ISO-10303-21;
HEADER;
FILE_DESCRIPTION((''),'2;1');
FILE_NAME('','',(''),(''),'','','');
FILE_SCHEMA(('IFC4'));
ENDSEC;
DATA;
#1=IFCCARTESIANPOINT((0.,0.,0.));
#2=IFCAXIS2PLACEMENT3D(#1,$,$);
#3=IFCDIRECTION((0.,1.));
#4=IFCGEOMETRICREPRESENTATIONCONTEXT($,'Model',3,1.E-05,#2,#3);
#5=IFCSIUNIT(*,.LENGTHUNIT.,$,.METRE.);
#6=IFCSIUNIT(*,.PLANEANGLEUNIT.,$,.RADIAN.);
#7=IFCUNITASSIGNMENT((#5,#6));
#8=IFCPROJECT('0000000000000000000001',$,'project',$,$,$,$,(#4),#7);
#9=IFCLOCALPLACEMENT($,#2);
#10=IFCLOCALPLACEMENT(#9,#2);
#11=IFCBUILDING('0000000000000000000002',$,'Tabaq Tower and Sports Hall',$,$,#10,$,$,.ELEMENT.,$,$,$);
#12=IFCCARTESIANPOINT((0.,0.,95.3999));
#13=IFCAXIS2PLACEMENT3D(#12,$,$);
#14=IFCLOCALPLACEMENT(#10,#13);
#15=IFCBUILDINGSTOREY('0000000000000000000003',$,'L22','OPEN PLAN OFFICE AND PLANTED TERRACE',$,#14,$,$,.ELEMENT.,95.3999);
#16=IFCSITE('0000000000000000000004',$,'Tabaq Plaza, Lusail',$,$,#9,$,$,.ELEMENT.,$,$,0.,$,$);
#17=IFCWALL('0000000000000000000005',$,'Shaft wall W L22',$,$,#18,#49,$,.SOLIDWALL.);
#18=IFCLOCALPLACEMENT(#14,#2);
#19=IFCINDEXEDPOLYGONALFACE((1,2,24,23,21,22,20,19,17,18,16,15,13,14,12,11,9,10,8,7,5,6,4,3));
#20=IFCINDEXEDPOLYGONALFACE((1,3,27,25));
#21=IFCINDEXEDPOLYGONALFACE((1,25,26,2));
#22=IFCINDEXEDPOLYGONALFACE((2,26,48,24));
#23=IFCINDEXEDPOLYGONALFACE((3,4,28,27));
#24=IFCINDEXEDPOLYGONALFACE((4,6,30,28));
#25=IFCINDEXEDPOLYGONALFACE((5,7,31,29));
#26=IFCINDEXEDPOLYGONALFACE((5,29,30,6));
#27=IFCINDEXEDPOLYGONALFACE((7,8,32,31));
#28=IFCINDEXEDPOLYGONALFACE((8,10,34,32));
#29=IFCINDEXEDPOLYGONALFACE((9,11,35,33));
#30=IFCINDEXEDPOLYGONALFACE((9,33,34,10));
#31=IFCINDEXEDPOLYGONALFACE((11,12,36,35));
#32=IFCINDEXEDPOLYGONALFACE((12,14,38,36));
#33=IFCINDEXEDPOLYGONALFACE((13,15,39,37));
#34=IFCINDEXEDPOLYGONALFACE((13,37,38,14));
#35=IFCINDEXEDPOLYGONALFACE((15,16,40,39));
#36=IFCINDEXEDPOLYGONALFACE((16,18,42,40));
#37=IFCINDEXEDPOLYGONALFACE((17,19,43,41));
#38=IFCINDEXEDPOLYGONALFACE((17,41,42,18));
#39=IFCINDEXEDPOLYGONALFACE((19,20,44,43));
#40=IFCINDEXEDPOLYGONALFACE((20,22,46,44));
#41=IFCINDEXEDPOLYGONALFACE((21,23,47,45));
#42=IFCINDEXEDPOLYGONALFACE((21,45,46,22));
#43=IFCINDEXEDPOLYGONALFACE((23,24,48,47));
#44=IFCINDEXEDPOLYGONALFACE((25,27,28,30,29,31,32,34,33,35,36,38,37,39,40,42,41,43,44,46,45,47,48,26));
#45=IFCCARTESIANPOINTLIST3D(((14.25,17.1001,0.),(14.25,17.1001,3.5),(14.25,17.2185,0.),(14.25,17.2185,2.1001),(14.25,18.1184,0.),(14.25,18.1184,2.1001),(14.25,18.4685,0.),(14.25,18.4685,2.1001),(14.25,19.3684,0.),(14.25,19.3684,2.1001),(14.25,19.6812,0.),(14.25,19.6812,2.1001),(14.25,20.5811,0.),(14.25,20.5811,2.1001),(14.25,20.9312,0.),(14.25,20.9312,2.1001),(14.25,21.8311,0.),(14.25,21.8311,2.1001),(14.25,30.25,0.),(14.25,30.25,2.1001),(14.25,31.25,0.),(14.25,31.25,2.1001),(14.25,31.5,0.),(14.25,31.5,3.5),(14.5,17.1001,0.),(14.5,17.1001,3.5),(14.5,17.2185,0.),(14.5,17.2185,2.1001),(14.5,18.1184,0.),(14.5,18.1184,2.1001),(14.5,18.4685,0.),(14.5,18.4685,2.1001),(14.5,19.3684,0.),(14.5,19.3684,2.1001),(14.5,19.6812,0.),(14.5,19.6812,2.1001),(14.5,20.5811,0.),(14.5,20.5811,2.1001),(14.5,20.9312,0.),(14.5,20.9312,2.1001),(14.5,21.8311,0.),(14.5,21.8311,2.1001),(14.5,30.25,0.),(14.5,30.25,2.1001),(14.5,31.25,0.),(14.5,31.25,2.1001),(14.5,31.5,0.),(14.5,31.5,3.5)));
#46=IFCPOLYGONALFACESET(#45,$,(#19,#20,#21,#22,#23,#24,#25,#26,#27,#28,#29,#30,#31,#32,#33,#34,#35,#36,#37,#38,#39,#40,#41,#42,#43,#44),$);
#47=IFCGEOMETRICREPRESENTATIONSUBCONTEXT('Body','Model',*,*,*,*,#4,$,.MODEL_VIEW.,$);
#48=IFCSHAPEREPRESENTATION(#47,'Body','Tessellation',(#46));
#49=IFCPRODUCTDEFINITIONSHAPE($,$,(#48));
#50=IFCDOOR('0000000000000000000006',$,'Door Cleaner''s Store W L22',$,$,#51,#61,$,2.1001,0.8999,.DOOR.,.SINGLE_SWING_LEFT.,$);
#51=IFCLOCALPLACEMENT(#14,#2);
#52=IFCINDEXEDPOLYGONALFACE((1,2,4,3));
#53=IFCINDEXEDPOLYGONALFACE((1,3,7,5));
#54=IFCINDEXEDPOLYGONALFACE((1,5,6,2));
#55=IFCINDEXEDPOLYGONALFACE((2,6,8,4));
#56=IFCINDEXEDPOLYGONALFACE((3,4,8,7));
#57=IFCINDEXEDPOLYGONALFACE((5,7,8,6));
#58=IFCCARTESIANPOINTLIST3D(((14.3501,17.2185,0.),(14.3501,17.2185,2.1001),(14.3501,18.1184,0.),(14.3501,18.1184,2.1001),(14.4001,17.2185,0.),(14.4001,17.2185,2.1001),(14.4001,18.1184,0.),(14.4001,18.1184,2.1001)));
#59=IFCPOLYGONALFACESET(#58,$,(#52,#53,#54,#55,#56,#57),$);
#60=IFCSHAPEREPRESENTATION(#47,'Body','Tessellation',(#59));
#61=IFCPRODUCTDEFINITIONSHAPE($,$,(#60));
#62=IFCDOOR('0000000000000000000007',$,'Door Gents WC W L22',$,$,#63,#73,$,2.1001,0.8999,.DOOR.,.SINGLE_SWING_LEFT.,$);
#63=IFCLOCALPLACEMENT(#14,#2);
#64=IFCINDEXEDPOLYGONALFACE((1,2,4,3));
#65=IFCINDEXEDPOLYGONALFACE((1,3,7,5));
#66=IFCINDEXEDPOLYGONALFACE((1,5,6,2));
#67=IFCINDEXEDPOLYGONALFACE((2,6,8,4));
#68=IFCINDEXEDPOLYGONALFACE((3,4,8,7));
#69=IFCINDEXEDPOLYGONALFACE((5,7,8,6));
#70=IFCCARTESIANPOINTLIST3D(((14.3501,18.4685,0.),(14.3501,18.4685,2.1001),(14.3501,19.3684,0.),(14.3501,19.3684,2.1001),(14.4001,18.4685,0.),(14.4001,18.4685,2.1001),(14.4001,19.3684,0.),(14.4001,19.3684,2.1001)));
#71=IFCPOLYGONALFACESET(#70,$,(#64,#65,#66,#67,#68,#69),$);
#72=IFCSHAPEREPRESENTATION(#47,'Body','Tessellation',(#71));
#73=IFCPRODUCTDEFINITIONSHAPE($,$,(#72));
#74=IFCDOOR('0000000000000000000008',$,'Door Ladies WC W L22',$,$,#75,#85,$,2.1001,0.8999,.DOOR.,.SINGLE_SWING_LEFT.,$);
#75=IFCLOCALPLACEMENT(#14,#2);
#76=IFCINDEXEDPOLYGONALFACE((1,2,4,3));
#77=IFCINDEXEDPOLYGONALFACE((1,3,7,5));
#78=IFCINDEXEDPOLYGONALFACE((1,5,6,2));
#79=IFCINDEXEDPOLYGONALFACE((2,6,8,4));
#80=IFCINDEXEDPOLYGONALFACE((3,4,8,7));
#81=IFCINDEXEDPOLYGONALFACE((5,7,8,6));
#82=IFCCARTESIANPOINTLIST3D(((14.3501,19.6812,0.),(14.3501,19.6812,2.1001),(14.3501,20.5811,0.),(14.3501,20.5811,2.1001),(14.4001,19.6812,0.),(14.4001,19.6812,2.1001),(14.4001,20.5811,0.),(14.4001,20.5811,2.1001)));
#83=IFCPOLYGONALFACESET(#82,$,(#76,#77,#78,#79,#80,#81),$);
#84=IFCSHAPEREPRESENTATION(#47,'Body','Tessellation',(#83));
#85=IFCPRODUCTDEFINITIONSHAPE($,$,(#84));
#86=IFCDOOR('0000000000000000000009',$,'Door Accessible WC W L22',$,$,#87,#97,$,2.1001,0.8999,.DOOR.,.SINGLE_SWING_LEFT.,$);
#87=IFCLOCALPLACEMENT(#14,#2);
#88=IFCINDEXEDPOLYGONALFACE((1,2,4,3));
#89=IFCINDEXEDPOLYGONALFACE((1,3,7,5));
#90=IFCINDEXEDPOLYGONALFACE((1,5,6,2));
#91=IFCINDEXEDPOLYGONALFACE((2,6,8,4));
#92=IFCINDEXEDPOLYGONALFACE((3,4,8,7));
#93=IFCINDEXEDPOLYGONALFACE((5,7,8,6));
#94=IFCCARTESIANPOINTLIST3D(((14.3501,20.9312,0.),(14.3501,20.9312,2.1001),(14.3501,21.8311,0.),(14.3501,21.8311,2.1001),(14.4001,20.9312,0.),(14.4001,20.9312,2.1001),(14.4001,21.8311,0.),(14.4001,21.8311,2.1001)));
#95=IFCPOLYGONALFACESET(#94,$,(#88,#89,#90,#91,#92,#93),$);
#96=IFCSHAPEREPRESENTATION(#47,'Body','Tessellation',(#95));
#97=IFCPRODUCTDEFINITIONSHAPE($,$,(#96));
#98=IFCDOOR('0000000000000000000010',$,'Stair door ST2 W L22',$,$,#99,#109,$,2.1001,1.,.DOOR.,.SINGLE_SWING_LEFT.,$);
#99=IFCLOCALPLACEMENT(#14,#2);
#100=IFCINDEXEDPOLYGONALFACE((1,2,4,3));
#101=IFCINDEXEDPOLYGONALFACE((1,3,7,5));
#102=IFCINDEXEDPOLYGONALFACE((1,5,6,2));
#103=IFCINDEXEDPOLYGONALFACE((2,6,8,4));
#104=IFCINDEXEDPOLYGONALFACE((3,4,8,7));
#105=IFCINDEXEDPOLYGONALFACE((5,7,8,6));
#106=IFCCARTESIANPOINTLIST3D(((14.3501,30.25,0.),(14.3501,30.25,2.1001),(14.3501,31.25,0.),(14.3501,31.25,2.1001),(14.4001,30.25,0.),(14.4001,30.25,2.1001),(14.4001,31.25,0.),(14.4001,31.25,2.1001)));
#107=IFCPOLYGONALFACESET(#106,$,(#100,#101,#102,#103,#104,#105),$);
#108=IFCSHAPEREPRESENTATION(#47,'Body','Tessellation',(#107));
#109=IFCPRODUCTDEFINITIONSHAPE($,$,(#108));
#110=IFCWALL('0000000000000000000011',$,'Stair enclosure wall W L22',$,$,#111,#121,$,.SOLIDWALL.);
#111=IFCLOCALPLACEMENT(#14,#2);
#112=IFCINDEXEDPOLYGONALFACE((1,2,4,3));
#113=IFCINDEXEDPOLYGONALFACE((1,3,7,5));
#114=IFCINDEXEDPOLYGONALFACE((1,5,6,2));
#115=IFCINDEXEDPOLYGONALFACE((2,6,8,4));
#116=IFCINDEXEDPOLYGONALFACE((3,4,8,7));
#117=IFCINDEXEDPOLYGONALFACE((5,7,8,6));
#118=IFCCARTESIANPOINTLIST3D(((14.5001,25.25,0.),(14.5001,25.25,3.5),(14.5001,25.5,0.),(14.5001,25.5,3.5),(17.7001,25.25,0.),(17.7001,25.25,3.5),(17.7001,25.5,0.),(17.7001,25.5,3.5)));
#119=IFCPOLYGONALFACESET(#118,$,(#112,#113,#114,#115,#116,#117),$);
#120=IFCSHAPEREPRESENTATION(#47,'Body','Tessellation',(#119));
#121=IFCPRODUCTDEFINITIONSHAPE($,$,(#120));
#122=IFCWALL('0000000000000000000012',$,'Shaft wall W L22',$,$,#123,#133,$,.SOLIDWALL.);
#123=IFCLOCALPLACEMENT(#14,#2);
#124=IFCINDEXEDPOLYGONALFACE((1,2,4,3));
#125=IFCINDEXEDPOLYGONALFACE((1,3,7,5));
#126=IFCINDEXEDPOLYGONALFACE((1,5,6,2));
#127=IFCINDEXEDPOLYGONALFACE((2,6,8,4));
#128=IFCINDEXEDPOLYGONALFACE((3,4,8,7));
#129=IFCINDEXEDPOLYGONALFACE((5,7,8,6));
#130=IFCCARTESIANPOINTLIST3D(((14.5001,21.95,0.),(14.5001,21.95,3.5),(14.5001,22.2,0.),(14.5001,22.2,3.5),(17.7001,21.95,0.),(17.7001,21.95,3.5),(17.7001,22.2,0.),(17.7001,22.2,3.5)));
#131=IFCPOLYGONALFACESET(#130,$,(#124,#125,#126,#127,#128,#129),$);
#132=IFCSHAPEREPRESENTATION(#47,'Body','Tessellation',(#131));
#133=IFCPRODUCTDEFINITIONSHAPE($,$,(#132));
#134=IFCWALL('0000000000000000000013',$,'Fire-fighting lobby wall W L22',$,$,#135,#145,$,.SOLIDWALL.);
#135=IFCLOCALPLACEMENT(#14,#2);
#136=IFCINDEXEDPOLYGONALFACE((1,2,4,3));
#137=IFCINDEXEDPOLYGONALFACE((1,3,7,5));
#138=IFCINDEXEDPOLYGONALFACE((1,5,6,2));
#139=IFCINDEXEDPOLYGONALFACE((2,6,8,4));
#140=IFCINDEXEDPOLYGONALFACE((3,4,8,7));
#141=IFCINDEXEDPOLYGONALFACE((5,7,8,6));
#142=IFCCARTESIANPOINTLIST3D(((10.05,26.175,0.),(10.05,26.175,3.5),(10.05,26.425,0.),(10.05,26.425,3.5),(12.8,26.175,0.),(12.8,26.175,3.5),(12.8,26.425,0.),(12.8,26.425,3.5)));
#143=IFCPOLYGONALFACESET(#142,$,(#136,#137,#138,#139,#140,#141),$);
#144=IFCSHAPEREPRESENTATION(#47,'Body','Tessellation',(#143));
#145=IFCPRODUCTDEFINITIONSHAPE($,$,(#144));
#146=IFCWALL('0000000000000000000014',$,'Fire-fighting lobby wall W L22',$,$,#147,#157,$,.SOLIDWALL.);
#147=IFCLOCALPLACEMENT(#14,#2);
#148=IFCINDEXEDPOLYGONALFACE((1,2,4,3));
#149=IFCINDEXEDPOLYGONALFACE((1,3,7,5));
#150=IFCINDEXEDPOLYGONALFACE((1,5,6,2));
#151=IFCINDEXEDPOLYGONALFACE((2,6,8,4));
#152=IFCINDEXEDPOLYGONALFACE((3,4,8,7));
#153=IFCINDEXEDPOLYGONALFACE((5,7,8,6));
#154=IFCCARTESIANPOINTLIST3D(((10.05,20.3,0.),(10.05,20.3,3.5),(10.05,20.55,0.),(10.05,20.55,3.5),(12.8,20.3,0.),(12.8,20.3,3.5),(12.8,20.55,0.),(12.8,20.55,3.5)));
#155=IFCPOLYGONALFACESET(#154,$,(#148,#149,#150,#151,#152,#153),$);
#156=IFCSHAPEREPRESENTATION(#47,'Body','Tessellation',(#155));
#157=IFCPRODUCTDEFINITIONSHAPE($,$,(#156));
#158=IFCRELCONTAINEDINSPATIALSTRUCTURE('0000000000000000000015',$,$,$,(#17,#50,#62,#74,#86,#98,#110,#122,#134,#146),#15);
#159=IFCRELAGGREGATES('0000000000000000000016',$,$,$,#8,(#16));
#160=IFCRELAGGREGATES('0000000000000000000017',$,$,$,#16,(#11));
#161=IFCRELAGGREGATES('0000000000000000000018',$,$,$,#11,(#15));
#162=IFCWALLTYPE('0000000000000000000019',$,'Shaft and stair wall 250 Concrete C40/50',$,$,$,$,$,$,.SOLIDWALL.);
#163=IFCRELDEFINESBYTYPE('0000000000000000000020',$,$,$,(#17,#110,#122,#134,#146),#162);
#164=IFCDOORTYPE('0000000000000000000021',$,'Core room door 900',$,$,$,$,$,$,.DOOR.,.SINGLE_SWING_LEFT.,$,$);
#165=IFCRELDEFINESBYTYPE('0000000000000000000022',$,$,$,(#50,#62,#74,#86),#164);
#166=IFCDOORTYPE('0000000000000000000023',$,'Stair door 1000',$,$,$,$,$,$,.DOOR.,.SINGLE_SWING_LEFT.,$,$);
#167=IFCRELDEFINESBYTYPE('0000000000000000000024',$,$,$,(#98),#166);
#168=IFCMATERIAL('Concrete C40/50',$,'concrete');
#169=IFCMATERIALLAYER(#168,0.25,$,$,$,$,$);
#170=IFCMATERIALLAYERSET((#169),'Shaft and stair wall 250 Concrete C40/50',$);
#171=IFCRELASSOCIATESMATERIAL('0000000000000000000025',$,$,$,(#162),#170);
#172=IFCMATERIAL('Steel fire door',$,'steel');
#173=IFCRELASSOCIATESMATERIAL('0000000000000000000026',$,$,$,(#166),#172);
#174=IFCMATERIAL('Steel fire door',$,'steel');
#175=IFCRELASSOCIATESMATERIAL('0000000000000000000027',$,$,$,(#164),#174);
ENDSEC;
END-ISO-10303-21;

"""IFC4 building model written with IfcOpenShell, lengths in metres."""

from ifc_helpers import new_model, si_unit, direction, frame, frame_2d, origin, place, context, subcontext, project, spatial, rectangle, extrude, material, layer, layer_set, type_object, element, fill, save


model = new_model("IFC4")

# Units and contexts
model_context = context("Model", 3, precision=1e-05, world=origin(), true_north=direction((0.0, 1.0)))
body_context = subcontext(model_context, "Body", "Model", "MODEL_VIEW")
ifc_project = project(units=[si_unit("LENGTHUNIT", "METRE"), si_unit("PLANEANGLEUNIT", "RADIAN")], contexts=[model_context])

# Site, building, storey
site_placement = place(None, origin())
site = spatial("IfcSite", under=ifc_project, at=site_placement, Name="Tabaq Plaza, Lusail", CompositionType="ELEMENT", RefElevation=0.0)
building_placement = place(site_placement, origin())
building = spatial("IfcBuilding", under=site, at=building_placement, Name="Tabaq Tower and Sports Hall", CompositionType="ELEMENT")
storey_placement = place(building_placement, frame((0.0, 0.0, 95.3999)))
storey = spatial("IfcBuildingStorey", under=building, at=storey_placement, Name="L22", Description="OPEN PLAN OFFICE AND PLANTED TERRACE", CompositionType="ELEMENT", Elevation=95.3999)

# Wall, openings, doors
ifc_material_1 = material(Name="Concrete C40/50", Category="concrete")
ifc_layer_1 = layer(ifc_material_1, 0.25)
ifc_layer_set_1 = layer_set([ifc_layer_1], Name="Shaft and stair wall 250 Concrete C40/50")
wall_type_1 = type_object("IfcWallType", Name="Shaft and stair wall 250 Concrete C40/50", PredefinedType="SOLIDWALL", material=ifc_layer_set_1)
ifc_material_2 = material(Name="Steel fire door", Category="steel")
door_type_1 = type_object("IfcDoorType", Name="Stair door 1000", OperationType="SINGLE_SWING_LEFT", PredefinedType="DOOR", material=ifc_material_2)
wall_1_placement = place(storey_placement, frame((14.375, 17.1001, 0.0), z_axis=(0.0, 0.0, 1.0), x_axis=(0.0, 1.0, 0.0)))
wall_1 = element("IfcWall", 1, at=wall_1_placement, inside=storey, type_object=wall_type_1, Name="Shaft wall W L22", PredefinedType="SOLIDWALL", context=body_context, shape_type="SweptSolid", body=[
    extrude(rectangle(XDim=14.3999, YDim=0.25, at=frame_2d((7.2, 0.0))), origin(), (0.0, 0.0, 1.0), 3.5),
])
opening_1_placement = place(wall_1_placement, frame((13.1499, 0.0, 0.0)))
opening_1 = element("IfcOpeningElement", 2, at=opening_1_placement, cuts=wall_1, PredefinedType="OPENING", context=body_context, shape_type="SweptSolid", body=[
    extrude(rectangle(XDim=1.0, YDim=2.1001, at=frame_2d((0.5, 1.05))), frame((0.0, 0.125, 0.0), z_axis=(0.0, -1.0, 0.0), x_axis=(1.0, 0.0, 0.0)), (0.0, 0.0, 1.0), 0.25),
])
opening_2_placement = place(wall_1_placement, frame((0.1184, 0.0, 0.0)))
opening_2 = element("IfcOpeningElement", 3, at=opening_2_placement, cuts=wall_1, PredefinedType="OPENING", context=body_context, shape_type="SweptSolid", body=[
    extrude(rectangle(XDim=0.8999, YDim=2.1001, at=frame_2d((0.45, 1.05))), frame((0.0, 0.125, 0.0), z_axis=(0.0, -1.0, 0.0), x_axis=(1.0, 0.0, 0.0)), (0.0, 0.0, 1.0), 0.25),
])
opening_3_placement = place(wall_1_placement, frame((1.3684, 0.0, 0.0)))
opening_3 = element("IfcOpeningElement", 4, at=opening_3_placement, cuts=wall_1, PredefinedType="OPENING", context=body_context, shape_type="SweptSolid", body=[
    extrude(rectangle(XDim=0.8999, YDim=2.1001, at=frame_2d((0.45, 1.05))), frame((0.0, 0.125, 0.0), z_axis=(0.0, -1.0, 0.0), x_axis=(1.0, 0.0, 0.0)), (0.0, 0.0, 1.0), 0.25),
])
opening_4_placement = place(wall_1_placement, frame((2.5811, 0.0, 0.0)))
opening_4 = element("IfcOpeningElement", 5, at=opening_4_placement, cuts=wall_1, PredefinedType="OPENING", context=body_context, shape_type="SweptSolid", body=[
    extrude(rectangle(XDim=0.8999, YDim=2.1001, at=frame_2d((0.45, 1.05))), frame((0.0, 0.125, 0.0), z_axis=(0.0, -1.0, 0.0), x_axis=(1.0, 0.0, 0.0)), (0.0, 0.0, 1.0), 0.25),
])
opening_5_placement = place(wall_1_placement, frame((3.8311, 0.0, 0.0)))
opening_5 = element("IfcOpeningElement", 6, at=opening_5_placement, cuts=wall_1, PredefinedType="OPENING", context=body_context, shape_type="SweptSolid", body=[
    extrude(rectangle(XDim=0.8999, YDim=2.1001, at=frame_2d((0.45, 1.05))), frame((0.0, 0.125, 0.0), z_axis=(0.0, -1.0, 0.0), x_axis=(1.0, 0.0, 0.0)), (0.0, 0.0, 1.0), 0.25),
])
ifc_material_3 = material(Name="Steel fire door", Category="steel")
door_type_2 = type_object("IfcDoorType", Name="Core room door 900", OperationType="SINGLE_SWING_LEFT", PredefinedType="DOOR", material=ifc_material_3)
door_1_placement = place(opening_2_placement, origin())
door_1 = element("IfcDoor", 7, at=door_1_placement, inside=storey, type_object=door_type_2, Name="Door Cleaner's Store W L22", OperationType="SINGLE_SWING_LEFT", OverallHeight=2.1001, OverallWidth=0.8999, PredefinedType="DOOR", context=body_context, shape_type="SweptSolid", body=[
    extrude(rectangle(XDim=0.8999, YDim=2.1001, at=frame_2d((0.45, 1.05))), frame((0.0, 0.0249, 0.0), z_axis=(0.0, -1.0, 0.0), x_axis=(1.0, 0.0, 0.0)), (0.0, 0.0, 1.0), 0.05),
])
fill(opening_2, door_1)
door_2_placement = place(opening_3_placement, origin())
door_2 = element("IfcDoor", 8, at=door_2_placement, inside=storey, type_object=door_type_2, Name="Door Gents WC W L22", OperationType="SINGLE_SWING_LEFT", OverallHeight=2.1001, OverallWidth=0.8999, PredefinedType="DOOR", context=body_context, shape_type="SweptSolid", body=[
    extrude(rectangle(XDim=0.8999, YDim=2.1001, at=frame_2d((0.45, 1.05))), frame((0.0, 0.0249, 0.0), z_axis=(0.0, -1.0, 0.0), x_axis=(1.0, 0.0, 0.0)), (0.0, 0.0, 1.0), 0.05),
])
fill(opening_3, door_2)
door_3_placement = place(opening_4_placement, origin())
door_3 = element("IfcDoor", 9, at=door_3_placement, inside=storey, type_object=door_type_2, Name="Door Ladies WC W L22", OperationType="SINGLE_SWING_LEFT", OverallHeight=2.1001, OverallWidth=0.8999, PredefinedType="DOOR", context=body_context, shape_type="SweptSolid", body=[
    extrude(rectangle(XDim=0.8999, YDim=2.1001, at=frame_2d((0.45, 1.05))), frame((0.0, 0.0249, 0.0), z_axis=(0.0, -1.0, 0.0), x_axis=(1.0, 0.0, 0.0)), (0.0, 0.0, 1.0), 0.05),
])
fill(opening_4, door_3)
door_4_placement = place(opening_5_placement, origin())
door_4 = element("IfcDoor", 10, at=door_4_placement, inside=storey, type_object=door_type_2, Name="Door Accessible WC W L22", OperationType="SINGLE_SWING_LEFT", OverallHeight=2.1001, OverallWidth=0.8999, PredefinedType="DOOR", context=body_context, shape_type="SweptSolid", body=[
    extrude(rectangle(XDim=0.8999, YDim=2.1001, at=frame_2d((0.45, 1.05))), frame((0.0, 0.0249, 0.0), z_axis=(0.0, -1.0, 0.0), x_axis=(1.0, 0.0, 0.0)), (0.0, 0.0, 1.0), 0.05),
])
fill(opening_5, door_4)
door_5_placement = place(opening_1_placement, origin())
door_5 = element("IfcDoor", 11, at=door_5_placement, inside=storey, type_object=door_type_1, Name="Stair door ST2 W L22", OperationType="SINGLE_SWING_LEFT", OverallHeight=2.1001, OverallWidth=1.0, PredefinedType="DOOR", context=body_context, shape_type="SweptSolid", body=[
    extrude(rectangle(XDim=1.0, YDim=2.1001, at=frame_2d((0.5, 1.05))), frame((0.0, 0.0249, 0.0), z_axis=(0.0, -1.0, 0.0), x_axis=(1.0, 0.0, 0.0)), (0.0, 0.0, 1.0), 0.05),
])
fill(opening_1, door_5)

# Walls
for number, where, z_axis, x_axis, name in (
    (12, (14.5, 25.375, 0.0), (0.0, 0.0, 1.0), (1.0, 0.0, 0.0), "Stair enclosure wall W L22"),
    (13, (14.5, 22.075, 0.0), (0.0, 0.0, 1.0), (1.0, 0.0, 0.0), "Shaft wall W L22"),
):
    element("IfcWall", number, at=place(storey_placement, frame(where, z_axis=z_axis, x_axis=x_axis)), inside=storey, type_object=wall_type_1, Name=name, PredefinedType="SOLIDWALL", context=body_context, shape_type="SweptSolid", body=[
        extrude(rectangle(XDim=3.2, YDim=0.25, at=frame_2d((1.6001, 0.0))), origin(), (0.0, 0.0, 1.0), 3.5),
    ])
for number, where, z_axis, x_axis, name in (
    (14, (10.05, 26.3, 0.0), (0.0, 0.0, 1.0), (1.0, 0.0, 0.0), "Fire-fighting lobby wall W L22"),
    (15, (10.05, 20.425, 0.0), (0.0, 0.0, 1.0), (1.0, 0.0, 0.0), "Fire-fighting lobby wall W L22"),
):
    element("IfcWall", number, at=place(storey_placement, frame(where, z_axis=z_axis, x_axis=x_axis)), inside=storey, type_object=wall_type_1, Name=name, PredefinedType="SOLIDWALL", context=body_context, shape_type="SweptSolid", body=[
        extrude(rectangle(XDim=2.75, YDim=0.25, at=frame_2d((1.375, 0.0))), origin(), (0.0, 0.0, 1.0), 3.5),
    ])

save(model, "model.ifc")
